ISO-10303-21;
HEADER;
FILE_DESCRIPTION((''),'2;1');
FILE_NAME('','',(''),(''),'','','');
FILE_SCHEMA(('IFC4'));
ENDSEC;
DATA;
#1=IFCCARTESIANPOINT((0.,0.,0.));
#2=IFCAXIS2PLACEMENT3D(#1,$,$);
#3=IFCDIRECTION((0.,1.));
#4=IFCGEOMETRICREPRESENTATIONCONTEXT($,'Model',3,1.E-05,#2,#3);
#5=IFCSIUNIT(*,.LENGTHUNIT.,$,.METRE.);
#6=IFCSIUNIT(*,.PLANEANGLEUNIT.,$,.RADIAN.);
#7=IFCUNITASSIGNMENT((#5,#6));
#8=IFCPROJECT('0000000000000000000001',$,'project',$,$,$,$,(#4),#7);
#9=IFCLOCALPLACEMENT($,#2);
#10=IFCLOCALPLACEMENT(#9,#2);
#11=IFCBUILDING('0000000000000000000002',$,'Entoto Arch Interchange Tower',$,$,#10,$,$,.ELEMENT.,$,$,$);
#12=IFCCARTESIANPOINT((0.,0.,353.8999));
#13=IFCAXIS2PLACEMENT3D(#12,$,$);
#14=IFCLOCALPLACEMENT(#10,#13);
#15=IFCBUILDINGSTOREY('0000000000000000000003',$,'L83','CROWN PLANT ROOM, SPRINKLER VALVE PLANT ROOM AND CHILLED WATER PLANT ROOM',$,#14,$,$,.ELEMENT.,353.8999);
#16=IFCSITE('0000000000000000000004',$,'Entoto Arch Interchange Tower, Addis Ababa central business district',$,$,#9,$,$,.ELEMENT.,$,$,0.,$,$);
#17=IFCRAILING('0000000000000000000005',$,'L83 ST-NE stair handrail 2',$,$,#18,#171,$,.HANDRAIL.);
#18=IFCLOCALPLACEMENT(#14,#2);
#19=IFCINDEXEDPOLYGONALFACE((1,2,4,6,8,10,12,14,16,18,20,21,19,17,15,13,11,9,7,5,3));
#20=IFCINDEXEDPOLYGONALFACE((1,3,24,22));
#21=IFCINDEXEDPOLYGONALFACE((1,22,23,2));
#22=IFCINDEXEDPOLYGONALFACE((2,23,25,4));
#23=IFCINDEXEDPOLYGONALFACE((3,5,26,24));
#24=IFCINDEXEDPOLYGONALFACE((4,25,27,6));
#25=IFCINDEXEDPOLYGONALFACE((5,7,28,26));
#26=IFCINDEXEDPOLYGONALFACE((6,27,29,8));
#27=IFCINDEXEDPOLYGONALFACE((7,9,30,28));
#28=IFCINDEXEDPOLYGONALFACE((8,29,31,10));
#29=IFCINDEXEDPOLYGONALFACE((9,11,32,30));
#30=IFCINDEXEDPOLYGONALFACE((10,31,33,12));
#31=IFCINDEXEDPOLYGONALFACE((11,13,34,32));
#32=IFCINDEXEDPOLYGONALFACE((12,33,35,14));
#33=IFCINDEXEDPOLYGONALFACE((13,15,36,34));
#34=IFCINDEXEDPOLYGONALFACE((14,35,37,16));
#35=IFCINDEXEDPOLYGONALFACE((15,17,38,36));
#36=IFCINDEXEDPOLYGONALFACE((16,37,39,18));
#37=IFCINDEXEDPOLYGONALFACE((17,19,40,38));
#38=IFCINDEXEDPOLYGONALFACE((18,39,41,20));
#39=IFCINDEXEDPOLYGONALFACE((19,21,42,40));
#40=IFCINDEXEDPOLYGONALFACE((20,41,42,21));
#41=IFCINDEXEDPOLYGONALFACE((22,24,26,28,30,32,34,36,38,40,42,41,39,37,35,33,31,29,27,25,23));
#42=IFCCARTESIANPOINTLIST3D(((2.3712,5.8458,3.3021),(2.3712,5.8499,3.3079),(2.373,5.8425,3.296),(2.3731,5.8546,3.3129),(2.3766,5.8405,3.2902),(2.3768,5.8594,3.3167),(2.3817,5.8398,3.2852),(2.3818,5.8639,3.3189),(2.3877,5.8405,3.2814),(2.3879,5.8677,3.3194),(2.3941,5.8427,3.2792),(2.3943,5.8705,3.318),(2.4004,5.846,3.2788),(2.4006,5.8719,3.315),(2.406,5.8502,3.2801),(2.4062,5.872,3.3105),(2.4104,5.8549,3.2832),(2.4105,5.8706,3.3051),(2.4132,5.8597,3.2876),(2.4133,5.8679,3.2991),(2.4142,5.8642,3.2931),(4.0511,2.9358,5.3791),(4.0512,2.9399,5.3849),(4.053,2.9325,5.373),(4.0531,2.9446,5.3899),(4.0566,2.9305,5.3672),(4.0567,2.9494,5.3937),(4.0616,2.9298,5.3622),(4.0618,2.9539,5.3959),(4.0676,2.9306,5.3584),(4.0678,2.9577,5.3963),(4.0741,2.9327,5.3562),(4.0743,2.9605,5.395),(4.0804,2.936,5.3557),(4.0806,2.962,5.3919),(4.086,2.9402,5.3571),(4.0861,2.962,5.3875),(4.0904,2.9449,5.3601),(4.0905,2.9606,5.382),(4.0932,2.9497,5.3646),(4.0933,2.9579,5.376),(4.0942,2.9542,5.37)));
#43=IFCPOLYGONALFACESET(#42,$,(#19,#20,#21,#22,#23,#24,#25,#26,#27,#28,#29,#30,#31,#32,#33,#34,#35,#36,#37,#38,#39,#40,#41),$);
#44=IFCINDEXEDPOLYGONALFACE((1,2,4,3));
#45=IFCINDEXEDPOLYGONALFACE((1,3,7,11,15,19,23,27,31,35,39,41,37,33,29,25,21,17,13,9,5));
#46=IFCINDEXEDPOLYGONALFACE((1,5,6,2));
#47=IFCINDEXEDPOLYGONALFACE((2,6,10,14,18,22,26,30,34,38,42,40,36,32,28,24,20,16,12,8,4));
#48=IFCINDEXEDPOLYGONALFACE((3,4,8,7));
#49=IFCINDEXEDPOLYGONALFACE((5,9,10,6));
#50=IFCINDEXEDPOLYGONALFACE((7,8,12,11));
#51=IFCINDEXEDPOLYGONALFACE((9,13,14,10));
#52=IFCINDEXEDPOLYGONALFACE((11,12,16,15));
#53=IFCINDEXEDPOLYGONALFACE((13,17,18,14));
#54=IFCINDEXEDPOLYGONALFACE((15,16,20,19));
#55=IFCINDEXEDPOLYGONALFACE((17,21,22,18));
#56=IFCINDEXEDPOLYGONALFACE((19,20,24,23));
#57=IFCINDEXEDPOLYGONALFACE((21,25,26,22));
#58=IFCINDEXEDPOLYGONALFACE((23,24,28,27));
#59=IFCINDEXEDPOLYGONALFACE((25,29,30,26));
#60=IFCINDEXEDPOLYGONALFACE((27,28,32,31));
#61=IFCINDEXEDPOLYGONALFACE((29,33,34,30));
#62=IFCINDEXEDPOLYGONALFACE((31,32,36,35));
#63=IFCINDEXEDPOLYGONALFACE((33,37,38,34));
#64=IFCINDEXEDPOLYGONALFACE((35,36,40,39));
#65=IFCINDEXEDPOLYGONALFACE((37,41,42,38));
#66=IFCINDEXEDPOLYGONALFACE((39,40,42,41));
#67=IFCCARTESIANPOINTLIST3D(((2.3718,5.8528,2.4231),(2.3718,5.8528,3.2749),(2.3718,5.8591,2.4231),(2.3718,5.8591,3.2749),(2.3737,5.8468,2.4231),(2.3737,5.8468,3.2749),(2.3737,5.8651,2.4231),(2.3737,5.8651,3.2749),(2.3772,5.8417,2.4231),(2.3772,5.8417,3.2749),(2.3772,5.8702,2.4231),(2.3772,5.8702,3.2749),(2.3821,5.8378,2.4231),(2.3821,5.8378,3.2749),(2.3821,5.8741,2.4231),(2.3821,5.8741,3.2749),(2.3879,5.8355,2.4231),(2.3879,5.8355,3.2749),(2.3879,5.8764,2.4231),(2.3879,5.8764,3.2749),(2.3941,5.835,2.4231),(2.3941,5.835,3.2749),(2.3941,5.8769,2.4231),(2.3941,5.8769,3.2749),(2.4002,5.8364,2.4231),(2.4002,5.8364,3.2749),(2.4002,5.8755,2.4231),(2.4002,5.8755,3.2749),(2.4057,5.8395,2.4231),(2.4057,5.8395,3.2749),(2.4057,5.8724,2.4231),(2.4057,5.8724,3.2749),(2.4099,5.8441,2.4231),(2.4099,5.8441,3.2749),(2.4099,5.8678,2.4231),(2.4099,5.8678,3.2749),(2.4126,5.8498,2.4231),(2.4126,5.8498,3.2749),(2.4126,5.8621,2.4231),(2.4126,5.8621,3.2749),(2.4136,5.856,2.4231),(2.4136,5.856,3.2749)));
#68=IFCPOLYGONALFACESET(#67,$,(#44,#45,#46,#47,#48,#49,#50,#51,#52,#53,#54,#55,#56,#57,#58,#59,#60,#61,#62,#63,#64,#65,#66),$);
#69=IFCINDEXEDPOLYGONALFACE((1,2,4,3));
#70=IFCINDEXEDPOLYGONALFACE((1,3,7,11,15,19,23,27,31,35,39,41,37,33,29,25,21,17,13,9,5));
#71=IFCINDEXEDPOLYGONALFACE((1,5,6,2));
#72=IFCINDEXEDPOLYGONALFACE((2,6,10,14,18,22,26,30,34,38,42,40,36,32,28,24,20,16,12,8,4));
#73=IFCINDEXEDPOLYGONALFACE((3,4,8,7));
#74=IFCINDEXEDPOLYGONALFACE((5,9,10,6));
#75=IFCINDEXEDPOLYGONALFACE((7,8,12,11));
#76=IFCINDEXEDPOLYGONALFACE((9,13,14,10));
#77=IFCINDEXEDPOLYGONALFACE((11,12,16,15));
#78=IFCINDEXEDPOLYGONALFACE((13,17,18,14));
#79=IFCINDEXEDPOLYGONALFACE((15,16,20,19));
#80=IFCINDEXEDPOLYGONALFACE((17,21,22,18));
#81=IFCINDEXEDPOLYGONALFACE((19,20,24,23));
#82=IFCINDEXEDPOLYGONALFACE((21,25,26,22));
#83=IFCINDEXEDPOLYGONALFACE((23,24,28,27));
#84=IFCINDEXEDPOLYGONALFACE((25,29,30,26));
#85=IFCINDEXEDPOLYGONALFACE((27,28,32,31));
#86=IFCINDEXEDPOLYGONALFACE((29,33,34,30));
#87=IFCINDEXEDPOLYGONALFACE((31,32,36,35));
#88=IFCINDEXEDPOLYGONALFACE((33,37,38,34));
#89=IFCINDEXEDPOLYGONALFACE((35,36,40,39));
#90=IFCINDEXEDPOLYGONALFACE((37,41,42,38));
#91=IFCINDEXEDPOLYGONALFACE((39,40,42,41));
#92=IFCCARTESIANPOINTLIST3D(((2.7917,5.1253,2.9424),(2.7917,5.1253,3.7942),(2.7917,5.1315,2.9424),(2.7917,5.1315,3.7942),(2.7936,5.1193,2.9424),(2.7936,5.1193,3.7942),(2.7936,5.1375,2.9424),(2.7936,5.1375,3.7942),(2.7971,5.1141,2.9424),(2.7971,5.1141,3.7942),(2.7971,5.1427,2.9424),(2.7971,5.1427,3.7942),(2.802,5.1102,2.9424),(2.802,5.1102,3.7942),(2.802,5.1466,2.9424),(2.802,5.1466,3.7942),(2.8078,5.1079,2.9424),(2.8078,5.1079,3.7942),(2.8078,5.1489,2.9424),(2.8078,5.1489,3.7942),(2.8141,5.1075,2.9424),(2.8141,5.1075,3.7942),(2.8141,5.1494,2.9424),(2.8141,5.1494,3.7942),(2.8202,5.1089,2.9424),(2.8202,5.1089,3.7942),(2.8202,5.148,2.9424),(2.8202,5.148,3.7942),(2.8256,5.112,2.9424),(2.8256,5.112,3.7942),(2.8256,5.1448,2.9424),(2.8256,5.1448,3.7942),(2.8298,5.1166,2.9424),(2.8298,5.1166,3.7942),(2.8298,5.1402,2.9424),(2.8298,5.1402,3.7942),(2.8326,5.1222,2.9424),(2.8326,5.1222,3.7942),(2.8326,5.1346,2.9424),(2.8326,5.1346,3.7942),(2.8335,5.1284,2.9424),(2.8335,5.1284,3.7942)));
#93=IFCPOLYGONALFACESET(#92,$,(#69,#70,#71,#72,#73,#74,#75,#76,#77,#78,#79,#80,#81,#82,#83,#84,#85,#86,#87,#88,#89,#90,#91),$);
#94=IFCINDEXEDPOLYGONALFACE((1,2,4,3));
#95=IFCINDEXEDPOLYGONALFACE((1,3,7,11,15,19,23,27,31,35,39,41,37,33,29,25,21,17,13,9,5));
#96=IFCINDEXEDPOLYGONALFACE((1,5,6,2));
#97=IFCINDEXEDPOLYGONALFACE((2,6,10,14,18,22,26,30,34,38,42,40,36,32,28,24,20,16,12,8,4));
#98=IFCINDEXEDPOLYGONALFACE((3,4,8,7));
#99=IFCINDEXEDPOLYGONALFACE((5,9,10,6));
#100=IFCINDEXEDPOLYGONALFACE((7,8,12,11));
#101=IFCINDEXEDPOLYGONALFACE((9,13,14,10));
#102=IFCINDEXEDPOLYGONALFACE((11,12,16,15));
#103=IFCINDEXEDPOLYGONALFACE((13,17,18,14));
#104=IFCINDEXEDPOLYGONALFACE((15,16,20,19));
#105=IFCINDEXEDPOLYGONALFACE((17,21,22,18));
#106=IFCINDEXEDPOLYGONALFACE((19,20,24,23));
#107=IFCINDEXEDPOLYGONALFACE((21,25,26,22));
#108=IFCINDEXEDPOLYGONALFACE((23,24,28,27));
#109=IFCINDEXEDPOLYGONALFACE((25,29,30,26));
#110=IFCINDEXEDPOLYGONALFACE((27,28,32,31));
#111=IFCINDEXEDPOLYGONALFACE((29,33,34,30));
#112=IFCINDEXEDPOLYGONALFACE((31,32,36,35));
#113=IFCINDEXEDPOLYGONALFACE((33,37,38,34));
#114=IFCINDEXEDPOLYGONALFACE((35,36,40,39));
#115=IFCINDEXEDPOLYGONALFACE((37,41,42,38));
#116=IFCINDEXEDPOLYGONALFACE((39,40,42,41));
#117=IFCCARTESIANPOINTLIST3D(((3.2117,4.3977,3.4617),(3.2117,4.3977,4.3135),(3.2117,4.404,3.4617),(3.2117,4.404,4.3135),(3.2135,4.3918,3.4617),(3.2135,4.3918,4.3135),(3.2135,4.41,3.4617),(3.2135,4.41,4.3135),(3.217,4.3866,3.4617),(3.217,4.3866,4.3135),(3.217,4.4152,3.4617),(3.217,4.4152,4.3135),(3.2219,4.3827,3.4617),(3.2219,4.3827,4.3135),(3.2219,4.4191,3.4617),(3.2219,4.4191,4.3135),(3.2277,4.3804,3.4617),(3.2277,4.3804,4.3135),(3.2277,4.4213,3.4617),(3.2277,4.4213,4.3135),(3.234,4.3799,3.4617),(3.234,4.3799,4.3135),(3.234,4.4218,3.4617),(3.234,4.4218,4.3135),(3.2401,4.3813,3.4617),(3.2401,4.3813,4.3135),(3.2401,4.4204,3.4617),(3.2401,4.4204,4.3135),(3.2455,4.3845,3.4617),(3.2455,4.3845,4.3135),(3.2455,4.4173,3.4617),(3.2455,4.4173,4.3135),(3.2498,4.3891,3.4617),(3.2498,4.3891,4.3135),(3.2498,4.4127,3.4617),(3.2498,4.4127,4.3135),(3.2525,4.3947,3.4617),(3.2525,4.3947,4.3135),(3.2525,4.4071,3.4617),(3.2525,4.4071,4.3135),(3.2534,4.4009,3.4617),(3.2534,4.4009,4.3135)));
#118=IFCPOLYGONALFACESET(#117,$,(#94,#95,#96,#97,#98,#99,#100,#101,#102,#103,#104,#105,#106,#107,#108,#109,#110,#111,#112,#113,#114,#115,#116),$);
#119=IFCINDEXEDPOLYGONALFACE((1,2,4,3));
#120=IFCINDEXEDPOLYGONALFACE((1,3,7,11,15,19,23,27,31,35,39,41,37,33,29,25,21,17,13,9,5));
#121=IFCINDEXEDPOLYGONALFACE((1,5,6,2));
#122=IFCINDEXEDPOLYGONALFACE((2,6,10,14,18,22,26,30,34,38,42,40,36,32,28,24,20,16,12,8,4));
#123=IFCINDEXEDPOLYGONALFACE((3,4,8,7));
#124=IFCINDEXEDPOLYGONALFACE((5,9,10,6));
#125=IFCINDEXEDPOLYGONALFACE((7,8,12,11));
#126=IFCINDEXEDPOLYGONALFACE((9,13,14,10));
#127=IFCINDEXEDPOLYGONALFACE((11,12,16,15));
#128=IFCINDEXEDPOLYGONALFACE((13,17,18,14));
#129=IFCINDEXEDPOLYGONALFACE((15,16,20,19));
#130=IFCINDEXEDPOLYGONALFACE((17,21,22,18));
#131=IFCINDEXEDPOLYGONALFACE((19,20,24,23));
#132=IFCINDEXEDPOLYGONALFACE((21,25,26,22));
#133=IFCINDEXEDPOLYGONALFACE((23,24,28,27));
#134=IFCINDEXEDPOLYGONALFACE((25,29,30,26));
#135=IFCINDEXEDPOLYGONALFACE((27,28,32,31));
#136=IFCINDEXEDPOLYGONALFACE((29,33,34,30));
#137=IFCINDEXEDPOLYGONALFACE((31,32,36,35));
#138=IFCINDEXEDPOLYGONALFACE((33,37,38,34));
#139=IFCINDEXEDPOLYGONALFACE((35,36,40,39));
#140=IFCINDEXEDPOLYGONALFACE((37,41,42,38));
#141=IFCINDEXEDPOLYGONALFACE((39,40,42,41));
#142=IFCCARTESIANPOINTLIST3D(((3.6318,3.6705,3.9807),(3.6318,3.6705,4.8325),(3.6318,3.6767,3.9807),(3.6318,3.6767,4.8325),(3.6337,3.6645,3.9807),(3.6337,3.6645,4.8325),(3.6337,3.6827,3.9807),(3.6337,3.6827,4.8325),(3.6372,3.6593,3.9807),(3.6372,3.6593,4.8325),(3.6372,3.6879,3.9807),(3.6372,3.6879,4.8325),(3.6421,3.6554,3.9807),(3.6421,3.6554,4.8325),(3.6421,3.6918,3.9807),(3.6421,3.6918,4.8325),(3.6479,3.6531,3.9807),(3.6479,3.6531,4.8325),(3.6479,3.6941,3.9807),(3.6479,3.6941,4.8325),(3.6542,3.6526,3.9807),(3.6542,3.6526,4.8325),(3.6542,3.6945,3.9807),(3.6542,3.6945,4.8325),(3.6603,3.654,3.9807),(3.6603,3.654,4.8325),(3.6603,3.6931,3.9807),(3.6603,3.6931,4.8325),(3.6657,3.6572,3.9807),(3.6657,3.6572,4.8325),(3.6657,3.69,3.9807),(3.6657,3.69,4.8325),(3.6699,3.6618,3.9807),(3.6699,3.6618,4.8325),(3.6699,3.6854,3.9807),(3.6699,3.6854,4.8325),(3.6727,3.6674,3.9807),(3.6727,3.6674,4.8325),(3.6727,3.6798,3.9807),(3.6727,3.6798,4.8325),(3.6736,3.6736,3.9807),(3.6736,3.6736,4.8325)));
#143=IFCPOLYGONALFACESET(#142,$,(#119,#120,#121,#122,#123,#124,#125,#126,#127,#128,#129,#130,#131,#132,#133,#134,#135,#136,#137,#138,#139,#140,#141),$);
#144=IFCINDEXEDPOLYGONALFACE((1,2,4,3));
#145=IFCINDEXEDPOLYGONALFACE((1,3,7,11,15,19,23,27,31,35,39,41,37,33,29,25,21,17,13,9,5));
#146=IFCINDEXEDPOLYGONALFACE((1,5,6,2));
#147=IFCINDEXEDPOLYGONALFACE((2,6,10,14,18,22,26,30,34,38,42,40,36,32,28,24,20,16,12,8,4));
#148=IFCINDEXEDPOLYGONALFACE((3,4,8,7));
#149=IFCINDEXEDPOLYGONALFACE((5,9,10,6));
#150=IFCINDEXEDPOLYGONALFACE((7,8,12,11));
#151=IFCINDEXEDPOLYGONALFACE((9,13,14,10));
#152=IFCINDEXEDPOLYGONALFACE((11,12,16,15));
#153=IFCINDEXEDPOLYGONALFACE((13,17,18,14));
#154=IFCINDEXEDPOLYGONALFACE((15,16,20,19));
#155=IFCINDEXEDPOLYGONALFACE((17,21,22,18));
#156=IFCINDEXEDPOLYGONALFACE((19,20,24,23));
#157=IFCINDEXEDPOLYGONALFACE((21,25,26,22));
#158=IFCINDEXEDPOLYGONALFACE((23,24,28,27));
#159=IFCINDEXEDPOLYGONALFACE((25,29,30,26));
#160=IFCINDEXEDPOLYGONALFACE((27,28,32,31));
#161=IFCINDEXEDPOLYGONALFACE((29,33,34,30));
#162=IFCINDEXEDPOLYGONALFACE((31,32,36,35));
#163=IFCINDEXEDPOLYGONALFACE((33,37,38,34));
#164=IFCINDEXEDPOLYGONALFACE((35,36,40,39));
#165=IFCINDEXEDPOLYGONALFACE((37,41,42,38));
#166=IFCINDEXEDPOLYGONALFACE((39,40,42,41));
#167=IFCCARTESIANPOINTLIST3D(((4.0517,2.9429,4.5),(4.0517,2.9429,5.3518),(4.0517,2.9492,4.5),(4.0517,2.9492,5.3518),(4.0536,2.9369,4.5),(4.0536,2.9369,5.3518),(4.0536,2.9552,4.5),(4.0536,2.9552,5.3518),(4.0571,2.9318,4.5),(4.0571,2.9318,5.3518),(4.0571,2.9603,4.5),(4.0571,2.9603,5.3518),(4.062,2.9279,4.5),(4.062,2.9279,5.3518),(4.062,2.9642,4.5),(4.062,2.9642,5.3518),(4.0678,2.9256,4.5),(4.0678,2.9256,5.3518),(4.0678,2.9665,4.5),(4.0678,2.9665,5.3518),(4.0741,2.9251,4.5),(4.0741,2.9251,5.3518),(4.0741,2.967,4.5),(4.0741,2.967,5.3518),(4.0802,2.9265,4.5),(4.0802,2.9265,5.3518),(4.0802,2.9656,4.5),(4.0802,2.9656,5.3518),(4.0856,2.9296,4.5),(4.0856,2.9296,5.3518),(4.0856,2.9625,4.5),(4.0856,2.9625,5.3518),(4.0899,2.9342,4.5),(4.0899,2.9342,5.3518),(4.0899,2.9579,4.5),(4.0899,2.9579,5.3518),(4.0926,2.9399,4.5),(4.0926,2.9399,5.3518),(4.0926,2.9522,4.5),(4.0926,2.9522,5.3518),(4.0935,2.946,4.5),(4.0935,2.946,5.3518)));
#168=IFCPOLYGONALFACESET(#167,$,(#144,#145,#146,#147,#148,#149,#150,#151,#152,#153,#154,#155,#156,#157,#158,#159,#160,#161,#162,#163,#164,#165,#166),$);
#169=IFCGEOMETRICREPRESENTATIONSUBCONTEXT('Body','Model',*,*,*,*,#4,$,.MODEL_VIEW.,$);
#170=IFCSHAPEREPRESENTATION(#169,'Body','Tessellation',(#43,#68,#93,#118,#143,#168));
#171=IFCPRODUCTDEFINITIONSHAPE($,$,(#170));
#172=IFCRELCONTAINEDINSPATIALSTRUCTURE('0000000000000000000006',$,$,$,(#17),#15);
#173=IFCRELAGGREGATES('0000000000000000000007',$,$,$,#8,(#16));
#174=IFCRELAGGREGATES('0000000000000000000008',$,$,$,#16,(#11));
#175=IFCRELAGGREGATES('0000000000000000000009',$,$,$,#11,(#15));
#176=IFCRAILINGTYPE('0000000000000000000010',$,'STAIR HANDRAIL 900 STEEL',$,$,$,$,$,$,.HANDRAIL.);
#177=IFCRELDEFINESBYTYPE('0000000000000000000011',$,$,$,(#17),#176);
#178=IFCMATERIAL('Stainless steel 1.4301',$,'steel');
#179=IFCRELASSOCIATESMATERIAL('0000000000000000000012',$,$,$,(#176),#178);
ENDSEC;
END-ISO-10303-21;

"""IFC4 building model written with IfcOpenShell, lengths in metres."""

from ifc_helpers import new_model, si_unit, direction, frame, origin, origin_2d, place, context, subcontext, project, spatial, circle, extrude, material, type_object, element, save


model = new_model("IFC4")

# Units and contexts
model_context = context("Model", 3, precision=1e-05, world=origin(), true_north=direction((0.0, 1.0)))
body_context = subcontext(model_context, "Body", "Model", "MODEL_VIEW")
ifc_project = project(units=[si_unit("LENGTHUNIT", "METRE"), si_unit("PLANEANGLEUNIT", "RADIAN")], contexts=[model_context])

# Site, building, storey
site_placement = place(None, origin())
site = spatial("IfcSite", under=ifc_project, at=site_placement, Name="Entoto Arch Interchange Tower, Addis Ababa central business district", CompositionType="ELEMENT", RefElevation=0.0)
building_placement = place(site_placement, origin())
building = spatial("IfcBuilding", under=site, at=building_placement, Name="Entoto Arch Interchange Tower", CompositionType="ELEMENT")
storey_placement = place(building_placement, frame((0.0, 0.0, 353.8999)))
storey = spatial("IfcBuildingStorey", under=building, at=storey_placement, Name="L83", Description="CROWN PLANT ROOM, SPRINKLER VALVE PLANT ROOM AND CHILLED WATER PLANT ROOM", CompositionType="ELEMENT", Elevation=353.8999)

# Railing
ifc_material_1 = material(Name="Stainless steel 1.4301", Category="steel")
railing_type_1 = type_object("IfcRailingType", Name="STAIR HANDRAIL 900 STEEL", PredefinedType="HANDRAIL", material=ifc_material_1)
railing_1_placement = place(storey_placement, frame((2.3926, 5.856, 2.4231)))
element("IfcRailing", 1, at=railing_1_placement, inside=storey, type_object=railing_type_1, Name="L83 ST-NE stair handrail 2", PredefinedType="HANDRAIL", context=body_context, shape_type="SweptSolid", body=[
    extrude(circle(Radius=0.0239, at=origin_2d()), frame((0.0, 0.0, 0.876), z_axis=(0.425288, -0.736668, 0.525785), x_axis=(0.866039, 0.499976, 0.0)), (0.0, 0.0, 1.0), 3.9502),
    extrude(circle(Radius=0.021, at=origin_2d()), origin(), (0.0, 0.0, 1.0), 0.8518),
    extrude(circle(Radius=0.021, at=origin_2d()), frame((0.4199, -0.7275, 0.5193)), (0.0, 0.0, 1.0), 0.8518),
    extrude(circle(Radius=0.021, at=origin_2d()), frame((0.8398, -1.4551, 1.0386)), (0.0, 0.0, 1.0), 0.8518),
    extrude(circle(Radius=0.021, at=origin_2d()), frame((1.26, -2.1824, 1.5576)), (0.0, 0.0, 1.0), 0.8518),
    extrude(circle(Radius=0.021, at=origin_2d()), frame((1.6799, -2.9099, 2.0769)), (0.0, 0.0, 1.0), 0.8518),
])

save(model, "model.ifc")
